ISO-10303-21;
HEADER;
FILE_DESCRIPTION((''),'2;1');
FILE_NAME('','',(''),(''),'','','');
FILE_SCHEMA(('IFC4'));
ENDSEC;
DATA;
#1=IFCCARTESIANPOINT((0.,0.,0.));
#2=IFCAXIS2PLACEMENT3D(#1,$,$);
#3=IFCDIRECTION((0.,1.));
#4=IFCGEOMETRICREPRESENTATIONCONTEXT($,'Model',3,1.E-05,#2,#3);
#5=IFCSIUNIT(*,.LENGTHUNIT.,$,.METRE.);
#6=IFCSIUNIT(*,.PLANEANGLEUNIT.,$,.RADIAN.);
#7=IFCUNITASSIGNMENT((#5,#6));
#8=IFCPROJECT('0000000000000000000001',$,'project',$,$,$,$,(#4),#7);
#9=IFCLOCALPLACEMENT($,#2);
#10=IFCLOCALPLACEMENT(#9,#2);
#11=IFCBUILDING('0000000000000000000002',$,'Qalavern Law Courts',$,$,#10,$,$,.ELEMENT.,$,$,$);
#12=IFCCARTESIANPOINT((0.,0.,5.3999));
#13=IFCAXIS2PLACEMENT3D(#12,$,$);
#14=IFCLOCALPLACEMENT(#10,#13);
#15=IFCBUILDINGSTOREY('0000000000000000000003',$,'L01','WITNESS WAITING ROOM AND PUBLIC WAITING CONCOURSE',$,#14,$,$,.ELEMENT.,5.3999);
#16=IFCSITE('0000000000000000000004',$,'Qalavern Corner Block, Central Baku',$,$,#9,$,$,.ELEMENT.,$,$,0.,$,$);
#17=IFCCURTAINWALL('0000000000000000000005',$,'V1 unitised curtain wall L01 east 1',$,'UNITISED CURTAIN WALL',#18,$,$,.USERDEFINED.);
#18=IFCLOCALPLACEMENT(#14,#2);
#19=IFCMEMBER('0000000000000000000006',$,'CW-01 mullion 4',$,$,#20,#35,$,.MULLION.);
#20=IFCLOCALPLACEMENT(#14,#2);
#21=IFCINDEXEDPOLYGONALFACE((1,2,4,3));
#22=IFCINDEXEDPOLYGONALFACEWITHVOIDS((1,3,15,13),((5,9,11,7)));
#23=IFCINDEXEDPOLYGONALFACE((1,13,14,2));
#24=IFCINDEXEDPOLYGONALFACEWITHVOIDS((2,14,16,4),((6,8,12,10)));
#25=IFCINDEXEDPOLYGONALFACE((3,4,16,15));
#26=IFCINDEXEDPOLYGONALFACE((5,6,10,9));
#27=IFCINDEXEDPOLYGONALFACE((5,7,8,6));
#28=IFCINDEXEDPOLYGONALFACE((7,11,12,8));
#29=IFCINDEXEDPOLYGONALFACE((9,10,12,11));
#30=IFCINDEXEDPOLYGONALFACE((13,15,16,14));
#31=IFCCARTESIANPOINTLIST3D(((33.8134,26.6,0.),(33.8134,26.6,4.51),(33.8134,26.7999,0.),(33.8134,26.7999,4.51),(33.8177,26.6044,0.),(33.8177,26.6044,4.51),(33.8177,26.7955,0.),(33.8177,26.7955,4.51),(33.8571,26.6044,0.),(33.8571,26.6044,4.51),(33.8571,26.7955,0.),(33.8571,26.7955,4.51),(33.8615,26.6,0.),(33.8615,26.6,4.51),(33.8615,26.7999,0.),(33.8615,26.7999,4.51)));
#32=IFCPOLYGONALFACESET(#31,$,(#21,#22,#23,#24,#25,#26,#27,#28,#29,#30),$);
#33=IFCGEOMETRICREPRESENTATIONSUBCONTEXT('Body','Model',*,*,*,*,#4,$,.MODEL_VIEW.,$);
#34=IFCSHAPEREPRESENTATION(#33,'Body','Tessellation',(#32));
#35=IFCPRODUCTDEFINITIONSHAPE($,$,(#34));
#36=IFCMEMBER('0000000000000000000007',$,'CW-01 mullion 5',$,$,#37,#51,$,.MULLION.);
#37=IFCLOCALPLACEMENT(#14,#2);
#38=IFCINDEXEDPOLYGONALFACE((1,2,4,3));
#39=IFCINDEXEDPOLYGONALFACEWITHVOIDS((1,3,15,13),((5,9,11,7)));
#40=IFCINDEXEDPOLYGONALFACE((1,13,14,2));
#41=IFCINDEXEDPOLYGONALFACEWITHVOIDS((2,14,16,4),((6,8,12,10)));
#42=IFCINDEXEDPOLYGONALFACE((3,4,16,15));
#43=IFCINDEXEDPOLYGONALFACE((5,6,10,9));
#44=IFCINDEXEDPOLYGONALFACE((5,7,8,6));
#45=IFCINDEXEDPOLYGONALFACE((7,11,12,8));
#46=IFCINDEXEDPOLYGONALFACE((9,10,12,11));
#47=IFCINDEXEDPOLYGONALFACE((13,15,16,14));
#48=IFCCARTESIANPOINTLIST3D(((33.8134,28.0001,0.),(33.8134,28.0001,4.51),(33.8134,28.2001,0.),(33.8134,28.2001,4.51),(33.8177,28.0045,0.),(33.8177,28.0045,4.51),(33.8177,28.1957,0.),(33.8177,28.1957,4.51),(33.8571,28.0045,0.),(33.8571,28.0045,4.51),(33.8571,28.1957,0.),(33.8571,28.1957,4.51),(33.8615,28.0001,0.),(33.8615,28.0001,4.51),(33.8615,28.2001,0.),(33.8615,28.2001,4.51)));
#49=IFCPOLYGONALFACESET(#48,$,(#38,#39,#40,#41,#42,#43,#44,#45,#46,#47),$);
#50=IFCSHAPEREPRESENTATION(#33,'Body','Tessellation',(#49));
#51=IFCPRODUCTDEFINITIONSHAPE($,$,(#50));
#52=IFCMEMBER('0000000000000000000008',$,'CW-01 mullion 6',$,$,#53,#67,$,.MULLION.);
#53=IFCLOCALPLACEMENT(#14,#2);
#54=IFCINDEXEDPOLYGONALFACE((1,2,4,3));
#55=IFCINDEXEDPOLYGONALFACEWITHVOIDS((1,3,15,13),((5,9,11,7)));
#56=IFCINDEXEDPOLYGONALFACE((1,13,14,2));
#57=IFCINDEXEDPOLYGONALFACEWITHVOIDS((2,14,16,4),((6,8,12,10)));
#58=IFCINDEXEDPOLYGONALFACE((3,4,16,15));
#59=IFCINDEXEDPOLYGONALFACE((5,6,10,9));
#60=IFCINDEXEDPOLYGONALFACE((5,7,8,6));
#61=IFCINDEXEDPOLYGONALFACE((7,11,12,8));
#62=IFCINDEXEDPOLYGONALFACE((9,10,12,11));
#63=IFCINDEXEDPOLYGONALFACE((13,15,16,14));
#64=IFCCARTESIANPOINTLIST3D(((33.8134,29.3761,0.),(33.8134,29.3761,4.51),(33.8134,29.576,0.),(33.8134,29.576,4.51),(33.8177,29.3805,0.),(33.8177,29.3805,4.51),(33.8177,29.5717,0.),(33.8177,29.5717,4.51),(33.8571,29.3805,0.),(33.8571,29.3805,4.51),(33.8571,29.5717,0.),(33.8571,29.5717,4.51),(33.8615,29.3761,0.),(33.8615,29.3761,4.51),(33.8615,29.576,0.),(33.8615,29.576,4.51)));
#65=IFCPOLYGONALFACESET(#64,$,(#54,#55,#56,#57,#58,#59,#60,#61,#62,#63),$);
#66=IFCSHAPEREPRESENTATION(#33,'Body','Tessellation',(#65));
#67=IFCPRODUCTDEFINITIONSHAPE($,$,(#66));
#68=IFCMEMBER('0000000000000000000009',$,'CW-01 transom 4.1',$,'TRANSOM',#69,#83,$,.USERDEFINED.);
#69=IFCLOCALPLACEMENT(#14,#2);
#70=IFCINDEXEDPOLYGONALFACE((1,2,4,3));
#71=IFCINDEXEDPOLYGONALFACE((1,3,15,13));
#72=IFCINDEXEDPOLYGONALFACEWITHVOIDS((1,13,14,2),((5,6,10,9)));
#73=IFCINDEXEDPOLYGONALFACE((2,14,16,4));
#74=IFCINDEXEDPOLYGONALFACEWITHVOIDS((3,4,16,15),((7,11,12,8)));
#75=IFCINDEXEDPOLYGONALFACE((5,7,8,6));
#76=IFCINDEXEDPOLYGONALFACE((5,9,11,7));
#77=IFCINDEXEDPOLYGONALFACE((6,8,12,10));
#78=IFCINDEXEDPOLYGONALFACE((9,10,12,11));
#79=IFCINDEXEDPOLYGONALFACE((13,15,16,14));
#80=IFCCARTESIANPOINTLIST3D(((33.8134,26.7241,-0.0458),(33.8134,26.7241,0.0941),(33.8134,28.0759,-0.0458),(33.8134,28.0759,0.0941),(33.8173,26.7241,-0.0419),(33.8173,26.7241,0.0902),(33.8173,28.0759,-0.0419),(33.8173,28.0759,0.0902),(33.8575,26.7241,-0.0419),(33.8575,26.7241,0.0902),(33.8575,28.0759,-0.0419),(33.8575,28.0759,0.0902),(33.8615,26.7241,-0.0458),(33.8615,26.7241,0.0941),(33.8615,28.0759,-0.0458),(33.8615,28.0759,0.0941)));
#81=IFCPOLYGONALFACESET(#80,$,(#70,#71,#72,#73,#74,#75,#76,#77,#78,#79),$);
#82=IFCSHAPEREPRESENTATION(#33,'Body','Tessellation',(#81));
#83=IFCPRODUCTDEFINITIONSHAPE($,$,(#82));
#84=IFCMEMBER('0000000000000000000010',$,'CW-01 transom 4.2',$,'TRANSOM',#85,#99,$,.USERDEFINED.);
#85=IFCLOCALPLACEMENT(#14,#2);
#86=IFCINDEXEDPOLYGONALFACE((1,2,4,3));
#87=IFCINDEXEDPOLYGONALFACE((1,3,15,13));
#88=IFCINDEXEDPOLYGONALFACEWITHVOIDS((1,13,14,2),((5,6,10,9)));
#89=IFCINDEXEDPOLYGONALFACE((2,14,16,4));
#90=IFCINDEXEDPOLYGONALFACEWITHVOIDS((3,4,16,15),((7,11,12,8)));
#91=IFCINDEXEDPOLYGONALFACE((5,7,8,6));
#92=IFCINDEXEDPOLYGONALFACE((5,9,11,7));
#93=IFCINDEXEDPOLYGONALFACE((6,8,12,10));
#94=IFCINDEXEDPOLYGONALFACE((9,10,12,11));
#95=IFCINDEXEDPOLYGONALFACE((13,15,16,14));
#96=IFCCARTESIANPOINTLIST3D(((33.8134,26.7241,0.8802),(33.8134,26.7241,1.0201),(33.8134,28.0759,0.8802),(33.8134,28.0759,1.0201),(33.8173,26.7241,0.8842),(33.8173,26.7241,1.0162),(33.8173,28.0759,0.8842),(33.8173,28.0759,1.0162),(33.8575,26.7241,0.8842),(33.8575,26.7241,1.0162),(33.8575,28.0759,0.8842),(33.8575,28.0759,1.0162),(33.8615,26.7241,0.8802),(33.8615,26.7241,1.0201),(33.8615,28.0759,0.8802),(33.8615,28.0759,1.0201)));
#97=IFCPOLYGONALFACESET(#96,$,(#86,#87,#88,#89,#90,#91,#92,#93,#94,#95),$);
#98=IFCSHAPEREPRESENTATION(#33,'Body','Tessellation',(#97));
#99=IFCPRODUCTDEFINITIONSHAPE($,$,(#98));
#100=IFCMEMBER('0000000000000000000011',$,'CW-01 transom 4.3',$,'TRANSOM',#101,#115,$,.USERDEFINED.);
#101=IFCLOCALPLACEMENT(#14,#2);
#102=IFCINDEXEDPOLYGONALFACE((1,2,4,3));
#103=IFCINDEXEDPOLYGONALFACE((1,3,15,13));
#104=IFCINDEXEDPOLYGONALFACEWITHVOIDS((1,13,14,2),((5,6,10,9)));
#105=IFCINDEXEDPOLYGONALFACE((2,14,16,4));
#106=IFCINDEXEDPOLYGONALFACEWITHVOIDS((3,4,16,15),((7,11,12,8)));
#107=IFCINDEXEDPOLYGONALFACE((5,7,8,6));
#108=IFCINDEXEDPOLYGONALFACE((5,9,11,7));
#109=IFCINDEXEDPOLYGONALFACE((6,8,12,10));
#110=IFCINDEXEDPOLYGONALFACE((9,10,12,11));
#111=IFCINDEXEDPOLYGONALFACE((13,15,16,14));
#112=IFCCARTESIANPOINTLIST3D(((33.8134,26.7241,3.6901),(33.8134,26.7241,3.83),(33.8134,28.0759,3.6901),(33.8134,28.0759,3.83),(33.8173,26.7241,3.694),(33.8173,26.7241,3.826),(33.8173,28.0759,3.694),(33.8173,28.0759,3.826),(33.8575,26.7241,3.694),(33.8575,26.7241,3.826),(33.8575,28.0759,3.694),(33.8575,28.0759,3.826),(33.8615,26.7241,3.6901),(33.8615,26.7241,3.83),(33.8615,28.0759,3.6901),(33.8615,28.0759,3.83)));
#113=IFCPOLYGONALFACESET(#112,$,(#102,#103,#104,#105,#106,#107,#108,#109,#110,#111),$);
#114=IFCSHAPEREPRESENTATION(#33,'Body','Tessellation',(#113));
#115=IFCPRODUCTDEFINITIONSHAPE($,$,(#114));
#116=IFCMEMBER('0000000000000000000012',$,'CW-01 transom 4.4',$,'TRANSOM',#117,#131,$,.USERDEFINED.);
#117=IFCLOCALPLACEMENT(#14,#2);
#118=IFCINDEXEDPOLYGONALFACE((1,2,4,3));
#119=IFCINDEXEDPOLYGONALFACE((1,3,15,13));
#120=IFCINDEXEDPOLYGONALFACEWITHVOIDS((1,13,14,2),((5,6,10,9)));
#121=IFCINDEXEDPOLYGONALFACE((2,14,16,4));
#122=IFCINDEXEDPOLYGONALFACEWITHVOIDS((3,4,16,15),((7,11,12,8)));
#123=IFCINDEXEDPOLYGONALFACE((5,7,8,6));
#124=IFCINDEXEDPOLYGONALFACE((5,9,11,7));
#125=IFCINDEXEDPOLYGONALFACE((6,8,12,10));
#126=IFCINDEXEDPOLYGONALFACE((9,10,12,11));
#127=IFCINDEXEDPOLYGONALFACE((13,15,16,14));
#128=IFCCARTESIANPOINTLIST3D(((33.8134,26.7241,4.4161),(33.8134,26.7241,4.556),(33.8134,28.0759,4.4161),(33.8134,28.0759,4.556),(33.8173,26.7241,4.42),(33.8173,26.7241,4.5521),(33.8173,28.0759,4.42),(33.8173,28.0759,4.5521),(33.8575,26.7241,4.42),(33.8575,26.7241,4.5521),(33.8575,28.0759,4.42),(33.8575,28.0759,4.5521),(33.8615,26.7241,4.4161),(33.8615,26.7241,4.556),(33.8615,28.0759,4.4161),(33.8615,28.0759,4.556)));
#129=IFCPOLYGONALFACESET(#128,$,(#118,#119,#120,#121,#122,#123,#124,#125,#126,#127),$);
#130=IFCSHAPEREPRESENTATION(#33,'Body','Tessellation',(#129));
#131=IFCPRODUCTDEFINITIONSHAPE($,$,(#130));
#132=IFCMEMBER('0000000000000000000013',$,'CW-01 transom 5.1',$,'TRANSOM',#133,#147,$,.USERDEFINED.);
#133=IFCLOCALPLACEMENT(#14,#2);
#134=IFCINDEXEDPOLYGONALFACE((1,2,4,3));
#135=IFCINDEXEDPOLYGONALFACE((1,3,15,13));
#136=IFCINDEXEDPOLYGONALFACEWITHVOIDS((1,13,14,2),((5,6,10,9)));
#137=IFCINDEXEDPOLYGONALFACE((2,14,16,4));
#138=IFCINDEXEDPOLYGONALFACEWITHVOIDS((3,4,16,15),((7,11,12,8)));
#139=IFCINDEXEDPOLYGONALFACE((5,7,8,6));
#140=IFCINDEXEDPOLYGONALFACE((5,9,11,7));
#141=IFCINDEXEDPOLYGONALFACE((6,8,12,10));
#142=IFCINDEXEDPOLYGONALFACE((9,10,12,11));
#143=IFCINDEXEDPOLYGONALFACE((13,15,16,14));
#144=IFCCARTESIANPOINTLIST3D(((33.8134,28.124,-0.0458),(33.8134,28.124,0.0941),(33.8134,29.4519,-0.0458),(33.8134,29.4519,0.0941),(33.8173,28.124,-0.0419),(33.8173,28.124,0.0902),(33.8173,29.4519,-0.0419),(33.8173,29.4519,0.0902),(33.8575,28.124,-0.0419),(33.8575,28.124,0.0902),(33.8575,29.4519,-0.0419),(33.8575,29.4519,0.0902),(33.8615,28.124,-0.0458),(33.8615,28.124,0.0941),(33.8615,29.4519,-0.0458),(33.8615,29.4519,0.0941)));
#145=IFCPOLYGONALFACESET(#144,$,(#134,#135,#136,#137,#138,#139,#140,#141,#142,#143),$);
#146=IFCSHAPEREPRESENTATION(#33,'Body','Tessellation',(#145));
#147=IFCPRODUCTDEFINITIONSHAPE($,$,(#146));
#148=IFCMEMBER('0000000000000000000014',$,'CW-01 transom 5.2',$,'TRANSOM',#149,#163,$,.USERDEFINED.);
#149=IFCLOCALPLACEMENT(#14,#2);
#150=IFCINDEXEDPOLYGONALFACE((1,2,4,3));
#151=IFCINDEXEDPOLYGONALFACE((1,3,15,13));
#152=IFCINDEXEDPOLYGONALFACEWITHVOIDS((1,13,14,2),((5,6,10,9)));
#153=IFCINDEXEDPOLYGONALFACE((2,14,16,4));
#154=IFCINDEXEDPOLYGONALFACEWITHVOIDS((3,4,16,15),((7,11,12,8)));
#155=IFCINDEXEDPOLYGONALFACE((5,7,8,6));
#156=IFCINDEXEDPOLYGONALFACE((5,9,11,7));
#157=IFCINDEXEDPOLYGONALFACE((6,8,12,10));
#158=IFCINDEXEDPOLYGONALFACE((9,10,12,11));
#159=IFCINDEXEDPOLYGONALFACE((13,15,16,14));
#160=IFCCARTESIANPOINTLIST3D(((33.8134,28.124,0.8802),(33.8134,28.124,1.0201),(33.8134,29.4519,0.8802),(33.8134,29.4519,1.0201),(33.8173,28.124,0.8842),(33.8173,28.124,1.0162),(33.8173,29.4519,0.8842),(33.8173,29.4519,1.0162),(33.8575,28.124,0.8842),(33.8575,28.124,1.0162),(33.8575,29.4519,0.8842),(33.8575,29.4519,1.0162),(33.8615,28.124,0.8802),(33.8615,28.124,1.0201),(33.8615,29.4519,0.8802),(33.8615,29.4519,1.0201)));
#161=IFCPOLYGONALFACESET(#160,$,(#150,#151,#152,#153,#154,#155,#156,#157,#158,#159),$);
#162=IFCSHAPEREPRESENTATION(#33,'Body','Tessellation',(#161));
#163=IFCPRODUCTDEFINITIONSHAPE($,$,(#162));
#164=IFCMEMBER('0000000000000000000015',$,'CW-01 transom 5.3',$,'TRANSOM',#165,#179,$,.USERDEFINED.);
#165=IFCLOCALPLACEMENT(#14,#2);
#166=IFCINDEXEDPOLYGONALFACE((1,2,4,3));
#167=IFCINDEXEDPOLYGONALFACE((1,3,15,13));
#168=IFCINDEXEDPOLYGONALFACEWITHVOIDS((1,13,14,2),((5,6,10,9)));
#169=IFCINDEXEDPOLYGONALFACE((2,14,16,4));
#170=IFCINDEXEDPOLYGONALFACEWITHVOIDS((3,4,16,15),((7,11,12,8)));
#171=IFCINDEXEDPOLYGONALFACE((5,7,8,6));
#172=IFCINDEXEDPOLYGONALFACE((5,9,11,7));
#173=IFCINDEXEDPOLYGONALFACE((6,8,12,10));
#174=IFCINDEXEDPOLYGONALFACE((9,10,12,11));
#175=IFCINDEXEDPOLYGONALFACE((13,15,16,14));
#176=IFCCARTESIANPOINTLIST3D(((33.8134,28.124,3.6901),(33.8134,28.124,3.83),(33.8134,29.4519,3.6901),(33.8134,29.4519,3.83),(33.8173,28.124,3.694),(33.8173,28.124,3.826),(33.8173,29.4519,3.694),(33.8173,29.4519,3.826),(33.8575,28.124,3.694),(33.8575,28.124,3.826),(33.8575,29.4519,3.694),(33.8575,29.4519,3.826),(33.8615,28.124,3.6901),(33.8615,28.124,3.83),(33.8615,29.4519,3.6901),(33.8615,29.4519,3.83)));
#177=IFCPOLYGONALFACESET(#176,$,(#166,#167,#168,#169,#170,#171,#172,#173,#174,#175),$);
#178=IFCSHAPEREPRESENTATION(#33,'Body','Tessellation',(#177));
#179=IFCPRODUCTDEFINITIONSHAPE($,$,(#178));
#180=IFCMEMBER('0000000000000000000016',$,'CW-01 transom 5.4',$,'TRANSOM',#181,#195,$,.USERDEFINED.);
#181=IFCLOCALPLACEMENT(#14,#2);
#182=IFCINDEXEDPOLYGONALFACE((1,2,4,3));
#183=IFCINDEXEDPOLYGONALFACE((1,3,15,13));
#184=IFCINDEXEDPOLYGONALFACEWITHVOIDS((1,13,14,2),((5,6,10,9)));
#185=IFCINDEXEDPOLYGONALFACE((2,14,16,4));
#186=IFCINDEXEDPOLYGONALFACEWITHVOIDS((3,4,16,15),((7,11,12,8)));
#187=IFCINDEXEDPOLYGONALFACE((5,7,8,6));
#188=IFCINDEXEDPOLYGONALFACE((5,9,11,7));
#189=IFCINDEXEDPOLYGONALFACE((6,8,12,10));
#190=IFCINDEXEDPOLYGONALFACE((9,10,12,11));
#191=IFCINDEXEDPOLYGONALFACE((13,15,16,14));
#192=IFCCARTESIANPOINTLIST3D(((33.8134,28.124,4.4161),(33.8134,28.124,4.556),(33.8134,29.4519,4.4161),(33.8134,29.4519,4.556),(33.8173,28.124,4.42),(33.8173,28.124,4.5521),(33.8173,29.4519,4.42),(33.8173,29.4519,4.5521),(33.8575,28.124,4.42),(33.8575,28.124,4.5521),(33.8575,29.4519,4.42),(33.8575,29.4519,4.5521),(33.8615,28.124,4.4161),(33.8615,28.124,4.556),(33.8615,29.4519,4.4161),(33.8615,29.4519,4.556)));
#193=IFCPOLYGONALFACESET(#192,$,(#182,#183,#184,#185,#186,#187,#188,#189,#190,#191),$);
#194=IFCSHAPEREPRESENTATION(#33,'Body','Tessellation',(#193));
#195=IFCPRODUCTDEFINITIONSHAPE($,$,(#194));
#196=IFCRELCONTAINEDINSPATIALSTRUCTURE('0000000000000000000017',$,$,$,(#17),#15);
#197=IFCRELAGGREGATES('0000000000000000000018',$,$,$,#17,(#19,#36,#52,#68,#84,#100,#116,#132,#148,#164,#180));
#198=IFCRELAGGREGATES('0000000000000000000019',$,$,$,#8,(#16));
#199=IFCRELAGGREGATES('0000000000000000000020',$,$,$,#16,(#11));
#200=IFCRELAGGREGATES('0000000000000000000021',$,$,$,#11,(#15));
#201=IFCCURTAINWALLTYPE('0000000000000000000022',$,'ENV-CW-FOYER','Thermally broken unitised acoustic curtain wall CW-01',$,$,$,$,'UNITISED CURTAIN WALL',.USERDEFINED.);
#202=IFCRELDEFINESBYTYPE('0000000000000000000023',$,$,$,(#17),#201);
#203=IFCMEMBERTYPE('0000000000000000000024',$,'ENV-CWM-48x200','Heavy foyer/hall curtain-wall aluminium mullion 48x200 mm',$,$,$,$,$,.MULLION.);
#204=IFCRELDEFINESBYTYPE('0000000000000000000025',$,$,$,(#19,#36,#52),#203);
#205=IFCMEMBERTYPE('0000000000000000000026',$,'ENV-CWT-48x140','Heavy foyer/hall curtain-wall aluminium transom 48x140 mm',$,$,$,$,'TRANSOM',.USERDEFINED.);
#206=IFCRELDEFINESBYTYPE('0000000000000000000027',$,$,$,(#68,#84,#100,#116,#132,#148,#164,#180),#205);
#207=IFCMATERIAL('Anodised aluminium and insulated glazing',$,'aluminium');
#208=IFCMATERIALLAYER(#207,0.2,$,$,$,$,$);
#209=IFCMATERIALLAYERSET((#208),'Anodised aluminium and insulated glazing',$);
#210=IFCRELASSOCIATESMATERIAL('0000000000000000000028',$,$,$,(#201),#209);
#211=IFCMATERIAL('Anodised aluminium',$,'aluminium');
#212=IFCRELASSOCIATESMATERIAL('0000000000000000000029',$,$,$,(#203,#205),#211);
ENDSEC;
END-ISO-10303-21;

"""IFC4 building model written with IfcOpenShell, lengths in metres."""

from ifc_helpers import new_model, si_unit, direction, frame, origin, origin_2d, place, context, subcontext, project, spatial, hollow_rectangle, extrude, material, layer, layer_set, material_profile, profile_set, type_object, element, aggregate, save


model = new_model("IFC4")

# Units and contexts
model_context = context("Model", 3, precision=1e-05, world=origin(), true_north=direction((0.0, 1.0)))
body_context = subcontext(model_context, "Body", "Model", "MODEL_VIEW")
ifc_project = project(units=[si_unit("LENGTHUNIT", "METRE"), si_unit("PLANEANGLEUNIT", "RADIAN")], contexts=[model_context])

# Site, building, storey
site_placement = place(None, origin())
site = spatial("IfcSite", under=ifc_project, at=site_placement, Name="Qalavern Corner Block, Central Baku", CompositionType="ELEMENT", RefElevation=0.0)
building_placement = place(site_placement, origin())
building = spatial("IfcBuilding", under=site, at=building_placement, Name="Qalavern Law Courts", CompositionType="ELEMENT")
storey_placement = place(building_placement, frame((0.0, 0.0, 5.3999)))
storey = spatial("IfcBuildingStorey", under=building, at=storey_placement, Name="L01", Description="WITNESS WAITING ROOM AND PUBLIC WAITING CONCOURSE", CompositionType="ELEMENT", Elevation=5.3999)

# Curtain wall, members
ifc_material_1 = material(Name="Anodised aluminium and insulated glazing", Category="aluminium")
ifc_layer_1 = layer(ifc_material_1, 0.2)
ifc_layer_set_1 = layer_set([ifc_layer_1], Name="Anodised aluminium and insulated glazing")
curtain_wall_type = type_object("IfcCurtainWallType", Name="ENV-CW-FOYER", Description="Thermally broken unitised acoustic curtain wall CW-01", ElementType="UNITISED CURTAIN WALL", PredefinedType="USERDEFINED", material=ifc_layer_set_1)
curtain_wall_placement = place(storey_placement, origin())
curtain_wall = element("IfcCurtainWall", 1, at=curtain_wall_placement, inside=storey, type_object=curtain_wall_type, Name="V1 unitised curtain wall L01 east 1", ObjectType="UNITISED CURTAIN WALL", PredefinedType="USERDEFINED")
ifc_material_2 = material(Name="Anodised aluminium", Category="aluminium")
ifc_material_profile_1 = material_profile(ifc_material_2, hollow_rectangle(XDim=0.0481, YDim=0.2, WallThickness=0.0044, at=origin_2d()), Name="ALU MULLION 48x200")
ifc_profile_set_1 = profile_set([ifc_material_profile_1], Name="Anodised aluminium")
member_type_1 = type_object("IfcMemberType", Name="ENV-CWM-48x200", Description="Heavy foyer/hall curtain-wall aluminium mullion 48x200 mm", PredefinedType="MULLION", material=ifc_profile_set_1)
member_1_placement = place(storey_placement, frame((33.8374, 26.7, 0.0), z_axis=(0.0, 0.0, 1.0), x_axis=(-1.0, 0.0, 0.0)))
member_1 = element("IfcMember", 2, at=member_1_placement, type_object=member_type_1, Name="CW-01 mullion 4", PredefinedType="MULLION", context=body_context, shape_type="SweptSolid", body=[
    extrude(hollow_rectangle(XDim=0.0481, YDim=0.2, WallThickness=0.0044, at=origin_2d()), origin(), (0.0, 0.0, 1.0), 4.51),
])
member_2_placement = place(storey_placement, frame((33.8374, 28.1001, 0.0), z_axis=(0.0, 0.0, 1.0), x_axis=(-1.0, 0.0, 0.0)))
member_2 = element("IfcMember", 3, at=member_2_placement, type_object=member_type_1, Name="CW-01 mullion 5", PredefinedType="MULLION", context=body_context, shape_type="SweptSolid", body=[
    extrude(hollow_rectangle(XDim=0.0481, YDim=0.2, WallThickness=0.0044, at=origin_2d()), origin(), (0.0, 0.0, 1.0), 4.51),
])
member_3_placement = place(storey_placement, frame((33.8374, 29.4761, 0.0), z_axis=(0.0, 0.0, 1.0), x_axis=(-1.0, 0.0, 0.0)))
member_3 = element("IfcMember", 4, at=member_3_placement, type_object=member_type_1, Name="CW-01 mullion 6", PredefinedType="MULLION", context=body_context, shape_type="SweptSolid", body=[
    extrude(hollow_rectangle(XDim=0.0481, YDim=0.2, WallThickness=0.0044, at=origin_2d()), origin(), (0.0, 0.0, 1.0), 4.51),
])
ifc_material_profile_2 = material_profile(ifc_material_2, hollow_rectangle(XDim=0.0481, YDim=0.1399, WallThickness=0.0039, at=origin_2d()), Name="ALU TRANSOM 48x140")
ifc_profile_set_2 = profile_set([ifc_material_profile_2], Name="Anodised aluminium")
member_type_2 = type_object("IfcMemberType", Name="ENV-CWT-48x140", Description="Heavy foyer/hall curtain-wall aluminium transom 48x140 mm", ElementType="TRANSOM", PredefinedType="USERDEFINED", material=ifc_profile_set_2)
member_4_placement = place(storey_placement, frame((33.8374, 26.7241, 0.0242), z_axis=(0.0, 1.0, 0.0), x_axis=(-1.0, 0.0, 0.0)))
member_4 = element("IfcMember", 5, at=member_4_placement, type_object=member_type_2, Name="CW-01 transom 4.1", ObjectType="TRANSOM", PredefinedType="USERDEFINED", context=body_context, shape_type="SweptSolid", body=[
    extrude(hollow_rectangle(XDim=0.0481, YDim=0.1399, WallThickness=0.0039, at=origin_2d()), origin(), (0.0, 0.0, 1.0), 1.3518),
])
member_5_placement = place(storey_placement, frame((33.8374, 26.7241, 0.9502), z_axis=(0.0, 1.0, 0.0), x_axis=(-1.0, 0.0, 0.0)))
member_5 = element("IfcMember", 6, at=member_5_placement, type_object=member_type_2, Name="CW-01 transom 4.2", ObjectType="TRANSOM", PredefinedType="USERDEFINED", context=body_context, shape_type="SweptSolid", body=[
    extrude(hollow_rectangle(XDim=0.0481, YDim=0.1399, WallThickness=0.0039, at=origin_2d()), origin(), (0.0, 0.0, 1.0), 1.3518),
])
member_6_placement = place(storey_placement, frame((33.8374, 26.7241, 3.76), z_axis=(0.0, 1.0, 0.0), x_axis=(-1.0, 0.0, 0.0)))
member_6 = element("IfcMember", 7, at=member_6_placement, type_object=member_type_2, Name="CW-01 transom 4.3", ObjectType="TRANSOM", PredefinedType="USERDEFINED", context=body_context, shape_type="SweptSolid", body=[
    extrude(hollow_rectangle(XDim=0.0481, YDim=0.1399, WallThickness=0.0039, at=origin_2d()), origin(), (0.0, 0.0, 1.0), 1.3518),
])
member_7_placement = place(storey_placement, frame((33.8374, 26.7241, 4.4861), z_axis=(0.0, 1.0, 0.0), x_axis=(-1.0, 0.0, 0.0)))
member_7 = element("IfcMember", 8, at=member_7_placement, type_object=member_type_2, Name="CW-01 transom 4.4", ObjectType="TRANSOM", PredefinedType="USERDEFINED", context=body_context, shape_type="SweptSolid", body=[
    extrude(hollow_rectangle(XDim=0.0481, YDim=0.1399, WallThickness=0.0039, at=origin_2d()), origin(), (0.0, 0.0, 1.0), 1.3518),
])
member_8_placement = place(storey_placement, frame((33.8374, 28.124, 0.0242), z_axis=(0.0, 1.0, 0.0), x_axis=(-1.0, 0.0, 0.0)))
member_8 = element("IfcMember", 9, at=member_8_placement, type_object=member_type_2, Name="CW-01 transom 5.1", ObjectType="TRANSOM", PredefinedType="USERDEFINED", context=body_context, shape_type="SweptSolid", body=[
    extrude(hollow_rectangle(XDim=0.0481, YDim=0.1399, WallThickness=0.0039, at=origin_2d()), origin(), (0.0, 0.0, 1.0), 1.3279),
])
member_9_placement = place(storey_placement, frame((33.8374, 28.124, 0.9502), z_axis=(0.0, 1.0, 0.0), x_axis=(-1.0, 0.0, 0.0)))
member_9 = element("IfcMember", 10, at=member_9_placement, type_object=member_type_2, Name="CW-01 transom 5.2", ObjectType="TRANSOM", PredefinedType="USERDEFINED", context=body_context, shape_type="SweptSolid", body=[
    extrude(hollow_rectangle(XDim=0.0481, YDim=0.1399, WallThickness=0.0039, at=origin_2d()), origin(), (0.0, 0.0, 1.0), 1.3279),
])
member_10_placement = place(storey_placement, frame((33.8374, 28.124, 3.76), z_axis=(0.0, 1.0, 0.0), x_axis=(-1.0, 0.0, 0.0)))
member_10 = element("IfcMember", 11, at=member_10_placement, type_object=member_type_2, Name="CW-01 transom 5.3", ObjectType="TRANSOM", PredefinedType="USERDEFINED", context=body_context, shape_type="SweptSolid", body=[
    extrude(hollow_rectangle(XDim=0.0481, YDim=0.1399, WallThickness=0.0039, at=origin_2d()), origin(), (0.0, 0.0, 1.0), 1.3279),
])
member_11_placement = place(storey_placement, frame((33.8374, 28.124, 4.4861), z_axis=(0.0, 1.0, 0.0), x_axis=(-1.0, 0.0, 0.0)))
member_11 = element("IfcMember", 12, at=member_11_placement, type_object=member_type_2, Name="CW-01 transom 5.4", ObjectType="TRANSOM", PredefinedType="USERDEFINED", context=body_context, shape_type="SweptSolid", body=[
    extrude(hollow_rectangle(XDim=0.0481, YDim=0.1399, WallThickness=0.0039, at=origin_2d()), origin(), (0.0, 0.0, 1.0), 1.3279),
])
aggregate(curtain_wall, [member_1, member_2, member_3, member_4, member_5, member_6, member_7, member_8, member_9, member_10, member_11])

save(model, "model.ifc")
